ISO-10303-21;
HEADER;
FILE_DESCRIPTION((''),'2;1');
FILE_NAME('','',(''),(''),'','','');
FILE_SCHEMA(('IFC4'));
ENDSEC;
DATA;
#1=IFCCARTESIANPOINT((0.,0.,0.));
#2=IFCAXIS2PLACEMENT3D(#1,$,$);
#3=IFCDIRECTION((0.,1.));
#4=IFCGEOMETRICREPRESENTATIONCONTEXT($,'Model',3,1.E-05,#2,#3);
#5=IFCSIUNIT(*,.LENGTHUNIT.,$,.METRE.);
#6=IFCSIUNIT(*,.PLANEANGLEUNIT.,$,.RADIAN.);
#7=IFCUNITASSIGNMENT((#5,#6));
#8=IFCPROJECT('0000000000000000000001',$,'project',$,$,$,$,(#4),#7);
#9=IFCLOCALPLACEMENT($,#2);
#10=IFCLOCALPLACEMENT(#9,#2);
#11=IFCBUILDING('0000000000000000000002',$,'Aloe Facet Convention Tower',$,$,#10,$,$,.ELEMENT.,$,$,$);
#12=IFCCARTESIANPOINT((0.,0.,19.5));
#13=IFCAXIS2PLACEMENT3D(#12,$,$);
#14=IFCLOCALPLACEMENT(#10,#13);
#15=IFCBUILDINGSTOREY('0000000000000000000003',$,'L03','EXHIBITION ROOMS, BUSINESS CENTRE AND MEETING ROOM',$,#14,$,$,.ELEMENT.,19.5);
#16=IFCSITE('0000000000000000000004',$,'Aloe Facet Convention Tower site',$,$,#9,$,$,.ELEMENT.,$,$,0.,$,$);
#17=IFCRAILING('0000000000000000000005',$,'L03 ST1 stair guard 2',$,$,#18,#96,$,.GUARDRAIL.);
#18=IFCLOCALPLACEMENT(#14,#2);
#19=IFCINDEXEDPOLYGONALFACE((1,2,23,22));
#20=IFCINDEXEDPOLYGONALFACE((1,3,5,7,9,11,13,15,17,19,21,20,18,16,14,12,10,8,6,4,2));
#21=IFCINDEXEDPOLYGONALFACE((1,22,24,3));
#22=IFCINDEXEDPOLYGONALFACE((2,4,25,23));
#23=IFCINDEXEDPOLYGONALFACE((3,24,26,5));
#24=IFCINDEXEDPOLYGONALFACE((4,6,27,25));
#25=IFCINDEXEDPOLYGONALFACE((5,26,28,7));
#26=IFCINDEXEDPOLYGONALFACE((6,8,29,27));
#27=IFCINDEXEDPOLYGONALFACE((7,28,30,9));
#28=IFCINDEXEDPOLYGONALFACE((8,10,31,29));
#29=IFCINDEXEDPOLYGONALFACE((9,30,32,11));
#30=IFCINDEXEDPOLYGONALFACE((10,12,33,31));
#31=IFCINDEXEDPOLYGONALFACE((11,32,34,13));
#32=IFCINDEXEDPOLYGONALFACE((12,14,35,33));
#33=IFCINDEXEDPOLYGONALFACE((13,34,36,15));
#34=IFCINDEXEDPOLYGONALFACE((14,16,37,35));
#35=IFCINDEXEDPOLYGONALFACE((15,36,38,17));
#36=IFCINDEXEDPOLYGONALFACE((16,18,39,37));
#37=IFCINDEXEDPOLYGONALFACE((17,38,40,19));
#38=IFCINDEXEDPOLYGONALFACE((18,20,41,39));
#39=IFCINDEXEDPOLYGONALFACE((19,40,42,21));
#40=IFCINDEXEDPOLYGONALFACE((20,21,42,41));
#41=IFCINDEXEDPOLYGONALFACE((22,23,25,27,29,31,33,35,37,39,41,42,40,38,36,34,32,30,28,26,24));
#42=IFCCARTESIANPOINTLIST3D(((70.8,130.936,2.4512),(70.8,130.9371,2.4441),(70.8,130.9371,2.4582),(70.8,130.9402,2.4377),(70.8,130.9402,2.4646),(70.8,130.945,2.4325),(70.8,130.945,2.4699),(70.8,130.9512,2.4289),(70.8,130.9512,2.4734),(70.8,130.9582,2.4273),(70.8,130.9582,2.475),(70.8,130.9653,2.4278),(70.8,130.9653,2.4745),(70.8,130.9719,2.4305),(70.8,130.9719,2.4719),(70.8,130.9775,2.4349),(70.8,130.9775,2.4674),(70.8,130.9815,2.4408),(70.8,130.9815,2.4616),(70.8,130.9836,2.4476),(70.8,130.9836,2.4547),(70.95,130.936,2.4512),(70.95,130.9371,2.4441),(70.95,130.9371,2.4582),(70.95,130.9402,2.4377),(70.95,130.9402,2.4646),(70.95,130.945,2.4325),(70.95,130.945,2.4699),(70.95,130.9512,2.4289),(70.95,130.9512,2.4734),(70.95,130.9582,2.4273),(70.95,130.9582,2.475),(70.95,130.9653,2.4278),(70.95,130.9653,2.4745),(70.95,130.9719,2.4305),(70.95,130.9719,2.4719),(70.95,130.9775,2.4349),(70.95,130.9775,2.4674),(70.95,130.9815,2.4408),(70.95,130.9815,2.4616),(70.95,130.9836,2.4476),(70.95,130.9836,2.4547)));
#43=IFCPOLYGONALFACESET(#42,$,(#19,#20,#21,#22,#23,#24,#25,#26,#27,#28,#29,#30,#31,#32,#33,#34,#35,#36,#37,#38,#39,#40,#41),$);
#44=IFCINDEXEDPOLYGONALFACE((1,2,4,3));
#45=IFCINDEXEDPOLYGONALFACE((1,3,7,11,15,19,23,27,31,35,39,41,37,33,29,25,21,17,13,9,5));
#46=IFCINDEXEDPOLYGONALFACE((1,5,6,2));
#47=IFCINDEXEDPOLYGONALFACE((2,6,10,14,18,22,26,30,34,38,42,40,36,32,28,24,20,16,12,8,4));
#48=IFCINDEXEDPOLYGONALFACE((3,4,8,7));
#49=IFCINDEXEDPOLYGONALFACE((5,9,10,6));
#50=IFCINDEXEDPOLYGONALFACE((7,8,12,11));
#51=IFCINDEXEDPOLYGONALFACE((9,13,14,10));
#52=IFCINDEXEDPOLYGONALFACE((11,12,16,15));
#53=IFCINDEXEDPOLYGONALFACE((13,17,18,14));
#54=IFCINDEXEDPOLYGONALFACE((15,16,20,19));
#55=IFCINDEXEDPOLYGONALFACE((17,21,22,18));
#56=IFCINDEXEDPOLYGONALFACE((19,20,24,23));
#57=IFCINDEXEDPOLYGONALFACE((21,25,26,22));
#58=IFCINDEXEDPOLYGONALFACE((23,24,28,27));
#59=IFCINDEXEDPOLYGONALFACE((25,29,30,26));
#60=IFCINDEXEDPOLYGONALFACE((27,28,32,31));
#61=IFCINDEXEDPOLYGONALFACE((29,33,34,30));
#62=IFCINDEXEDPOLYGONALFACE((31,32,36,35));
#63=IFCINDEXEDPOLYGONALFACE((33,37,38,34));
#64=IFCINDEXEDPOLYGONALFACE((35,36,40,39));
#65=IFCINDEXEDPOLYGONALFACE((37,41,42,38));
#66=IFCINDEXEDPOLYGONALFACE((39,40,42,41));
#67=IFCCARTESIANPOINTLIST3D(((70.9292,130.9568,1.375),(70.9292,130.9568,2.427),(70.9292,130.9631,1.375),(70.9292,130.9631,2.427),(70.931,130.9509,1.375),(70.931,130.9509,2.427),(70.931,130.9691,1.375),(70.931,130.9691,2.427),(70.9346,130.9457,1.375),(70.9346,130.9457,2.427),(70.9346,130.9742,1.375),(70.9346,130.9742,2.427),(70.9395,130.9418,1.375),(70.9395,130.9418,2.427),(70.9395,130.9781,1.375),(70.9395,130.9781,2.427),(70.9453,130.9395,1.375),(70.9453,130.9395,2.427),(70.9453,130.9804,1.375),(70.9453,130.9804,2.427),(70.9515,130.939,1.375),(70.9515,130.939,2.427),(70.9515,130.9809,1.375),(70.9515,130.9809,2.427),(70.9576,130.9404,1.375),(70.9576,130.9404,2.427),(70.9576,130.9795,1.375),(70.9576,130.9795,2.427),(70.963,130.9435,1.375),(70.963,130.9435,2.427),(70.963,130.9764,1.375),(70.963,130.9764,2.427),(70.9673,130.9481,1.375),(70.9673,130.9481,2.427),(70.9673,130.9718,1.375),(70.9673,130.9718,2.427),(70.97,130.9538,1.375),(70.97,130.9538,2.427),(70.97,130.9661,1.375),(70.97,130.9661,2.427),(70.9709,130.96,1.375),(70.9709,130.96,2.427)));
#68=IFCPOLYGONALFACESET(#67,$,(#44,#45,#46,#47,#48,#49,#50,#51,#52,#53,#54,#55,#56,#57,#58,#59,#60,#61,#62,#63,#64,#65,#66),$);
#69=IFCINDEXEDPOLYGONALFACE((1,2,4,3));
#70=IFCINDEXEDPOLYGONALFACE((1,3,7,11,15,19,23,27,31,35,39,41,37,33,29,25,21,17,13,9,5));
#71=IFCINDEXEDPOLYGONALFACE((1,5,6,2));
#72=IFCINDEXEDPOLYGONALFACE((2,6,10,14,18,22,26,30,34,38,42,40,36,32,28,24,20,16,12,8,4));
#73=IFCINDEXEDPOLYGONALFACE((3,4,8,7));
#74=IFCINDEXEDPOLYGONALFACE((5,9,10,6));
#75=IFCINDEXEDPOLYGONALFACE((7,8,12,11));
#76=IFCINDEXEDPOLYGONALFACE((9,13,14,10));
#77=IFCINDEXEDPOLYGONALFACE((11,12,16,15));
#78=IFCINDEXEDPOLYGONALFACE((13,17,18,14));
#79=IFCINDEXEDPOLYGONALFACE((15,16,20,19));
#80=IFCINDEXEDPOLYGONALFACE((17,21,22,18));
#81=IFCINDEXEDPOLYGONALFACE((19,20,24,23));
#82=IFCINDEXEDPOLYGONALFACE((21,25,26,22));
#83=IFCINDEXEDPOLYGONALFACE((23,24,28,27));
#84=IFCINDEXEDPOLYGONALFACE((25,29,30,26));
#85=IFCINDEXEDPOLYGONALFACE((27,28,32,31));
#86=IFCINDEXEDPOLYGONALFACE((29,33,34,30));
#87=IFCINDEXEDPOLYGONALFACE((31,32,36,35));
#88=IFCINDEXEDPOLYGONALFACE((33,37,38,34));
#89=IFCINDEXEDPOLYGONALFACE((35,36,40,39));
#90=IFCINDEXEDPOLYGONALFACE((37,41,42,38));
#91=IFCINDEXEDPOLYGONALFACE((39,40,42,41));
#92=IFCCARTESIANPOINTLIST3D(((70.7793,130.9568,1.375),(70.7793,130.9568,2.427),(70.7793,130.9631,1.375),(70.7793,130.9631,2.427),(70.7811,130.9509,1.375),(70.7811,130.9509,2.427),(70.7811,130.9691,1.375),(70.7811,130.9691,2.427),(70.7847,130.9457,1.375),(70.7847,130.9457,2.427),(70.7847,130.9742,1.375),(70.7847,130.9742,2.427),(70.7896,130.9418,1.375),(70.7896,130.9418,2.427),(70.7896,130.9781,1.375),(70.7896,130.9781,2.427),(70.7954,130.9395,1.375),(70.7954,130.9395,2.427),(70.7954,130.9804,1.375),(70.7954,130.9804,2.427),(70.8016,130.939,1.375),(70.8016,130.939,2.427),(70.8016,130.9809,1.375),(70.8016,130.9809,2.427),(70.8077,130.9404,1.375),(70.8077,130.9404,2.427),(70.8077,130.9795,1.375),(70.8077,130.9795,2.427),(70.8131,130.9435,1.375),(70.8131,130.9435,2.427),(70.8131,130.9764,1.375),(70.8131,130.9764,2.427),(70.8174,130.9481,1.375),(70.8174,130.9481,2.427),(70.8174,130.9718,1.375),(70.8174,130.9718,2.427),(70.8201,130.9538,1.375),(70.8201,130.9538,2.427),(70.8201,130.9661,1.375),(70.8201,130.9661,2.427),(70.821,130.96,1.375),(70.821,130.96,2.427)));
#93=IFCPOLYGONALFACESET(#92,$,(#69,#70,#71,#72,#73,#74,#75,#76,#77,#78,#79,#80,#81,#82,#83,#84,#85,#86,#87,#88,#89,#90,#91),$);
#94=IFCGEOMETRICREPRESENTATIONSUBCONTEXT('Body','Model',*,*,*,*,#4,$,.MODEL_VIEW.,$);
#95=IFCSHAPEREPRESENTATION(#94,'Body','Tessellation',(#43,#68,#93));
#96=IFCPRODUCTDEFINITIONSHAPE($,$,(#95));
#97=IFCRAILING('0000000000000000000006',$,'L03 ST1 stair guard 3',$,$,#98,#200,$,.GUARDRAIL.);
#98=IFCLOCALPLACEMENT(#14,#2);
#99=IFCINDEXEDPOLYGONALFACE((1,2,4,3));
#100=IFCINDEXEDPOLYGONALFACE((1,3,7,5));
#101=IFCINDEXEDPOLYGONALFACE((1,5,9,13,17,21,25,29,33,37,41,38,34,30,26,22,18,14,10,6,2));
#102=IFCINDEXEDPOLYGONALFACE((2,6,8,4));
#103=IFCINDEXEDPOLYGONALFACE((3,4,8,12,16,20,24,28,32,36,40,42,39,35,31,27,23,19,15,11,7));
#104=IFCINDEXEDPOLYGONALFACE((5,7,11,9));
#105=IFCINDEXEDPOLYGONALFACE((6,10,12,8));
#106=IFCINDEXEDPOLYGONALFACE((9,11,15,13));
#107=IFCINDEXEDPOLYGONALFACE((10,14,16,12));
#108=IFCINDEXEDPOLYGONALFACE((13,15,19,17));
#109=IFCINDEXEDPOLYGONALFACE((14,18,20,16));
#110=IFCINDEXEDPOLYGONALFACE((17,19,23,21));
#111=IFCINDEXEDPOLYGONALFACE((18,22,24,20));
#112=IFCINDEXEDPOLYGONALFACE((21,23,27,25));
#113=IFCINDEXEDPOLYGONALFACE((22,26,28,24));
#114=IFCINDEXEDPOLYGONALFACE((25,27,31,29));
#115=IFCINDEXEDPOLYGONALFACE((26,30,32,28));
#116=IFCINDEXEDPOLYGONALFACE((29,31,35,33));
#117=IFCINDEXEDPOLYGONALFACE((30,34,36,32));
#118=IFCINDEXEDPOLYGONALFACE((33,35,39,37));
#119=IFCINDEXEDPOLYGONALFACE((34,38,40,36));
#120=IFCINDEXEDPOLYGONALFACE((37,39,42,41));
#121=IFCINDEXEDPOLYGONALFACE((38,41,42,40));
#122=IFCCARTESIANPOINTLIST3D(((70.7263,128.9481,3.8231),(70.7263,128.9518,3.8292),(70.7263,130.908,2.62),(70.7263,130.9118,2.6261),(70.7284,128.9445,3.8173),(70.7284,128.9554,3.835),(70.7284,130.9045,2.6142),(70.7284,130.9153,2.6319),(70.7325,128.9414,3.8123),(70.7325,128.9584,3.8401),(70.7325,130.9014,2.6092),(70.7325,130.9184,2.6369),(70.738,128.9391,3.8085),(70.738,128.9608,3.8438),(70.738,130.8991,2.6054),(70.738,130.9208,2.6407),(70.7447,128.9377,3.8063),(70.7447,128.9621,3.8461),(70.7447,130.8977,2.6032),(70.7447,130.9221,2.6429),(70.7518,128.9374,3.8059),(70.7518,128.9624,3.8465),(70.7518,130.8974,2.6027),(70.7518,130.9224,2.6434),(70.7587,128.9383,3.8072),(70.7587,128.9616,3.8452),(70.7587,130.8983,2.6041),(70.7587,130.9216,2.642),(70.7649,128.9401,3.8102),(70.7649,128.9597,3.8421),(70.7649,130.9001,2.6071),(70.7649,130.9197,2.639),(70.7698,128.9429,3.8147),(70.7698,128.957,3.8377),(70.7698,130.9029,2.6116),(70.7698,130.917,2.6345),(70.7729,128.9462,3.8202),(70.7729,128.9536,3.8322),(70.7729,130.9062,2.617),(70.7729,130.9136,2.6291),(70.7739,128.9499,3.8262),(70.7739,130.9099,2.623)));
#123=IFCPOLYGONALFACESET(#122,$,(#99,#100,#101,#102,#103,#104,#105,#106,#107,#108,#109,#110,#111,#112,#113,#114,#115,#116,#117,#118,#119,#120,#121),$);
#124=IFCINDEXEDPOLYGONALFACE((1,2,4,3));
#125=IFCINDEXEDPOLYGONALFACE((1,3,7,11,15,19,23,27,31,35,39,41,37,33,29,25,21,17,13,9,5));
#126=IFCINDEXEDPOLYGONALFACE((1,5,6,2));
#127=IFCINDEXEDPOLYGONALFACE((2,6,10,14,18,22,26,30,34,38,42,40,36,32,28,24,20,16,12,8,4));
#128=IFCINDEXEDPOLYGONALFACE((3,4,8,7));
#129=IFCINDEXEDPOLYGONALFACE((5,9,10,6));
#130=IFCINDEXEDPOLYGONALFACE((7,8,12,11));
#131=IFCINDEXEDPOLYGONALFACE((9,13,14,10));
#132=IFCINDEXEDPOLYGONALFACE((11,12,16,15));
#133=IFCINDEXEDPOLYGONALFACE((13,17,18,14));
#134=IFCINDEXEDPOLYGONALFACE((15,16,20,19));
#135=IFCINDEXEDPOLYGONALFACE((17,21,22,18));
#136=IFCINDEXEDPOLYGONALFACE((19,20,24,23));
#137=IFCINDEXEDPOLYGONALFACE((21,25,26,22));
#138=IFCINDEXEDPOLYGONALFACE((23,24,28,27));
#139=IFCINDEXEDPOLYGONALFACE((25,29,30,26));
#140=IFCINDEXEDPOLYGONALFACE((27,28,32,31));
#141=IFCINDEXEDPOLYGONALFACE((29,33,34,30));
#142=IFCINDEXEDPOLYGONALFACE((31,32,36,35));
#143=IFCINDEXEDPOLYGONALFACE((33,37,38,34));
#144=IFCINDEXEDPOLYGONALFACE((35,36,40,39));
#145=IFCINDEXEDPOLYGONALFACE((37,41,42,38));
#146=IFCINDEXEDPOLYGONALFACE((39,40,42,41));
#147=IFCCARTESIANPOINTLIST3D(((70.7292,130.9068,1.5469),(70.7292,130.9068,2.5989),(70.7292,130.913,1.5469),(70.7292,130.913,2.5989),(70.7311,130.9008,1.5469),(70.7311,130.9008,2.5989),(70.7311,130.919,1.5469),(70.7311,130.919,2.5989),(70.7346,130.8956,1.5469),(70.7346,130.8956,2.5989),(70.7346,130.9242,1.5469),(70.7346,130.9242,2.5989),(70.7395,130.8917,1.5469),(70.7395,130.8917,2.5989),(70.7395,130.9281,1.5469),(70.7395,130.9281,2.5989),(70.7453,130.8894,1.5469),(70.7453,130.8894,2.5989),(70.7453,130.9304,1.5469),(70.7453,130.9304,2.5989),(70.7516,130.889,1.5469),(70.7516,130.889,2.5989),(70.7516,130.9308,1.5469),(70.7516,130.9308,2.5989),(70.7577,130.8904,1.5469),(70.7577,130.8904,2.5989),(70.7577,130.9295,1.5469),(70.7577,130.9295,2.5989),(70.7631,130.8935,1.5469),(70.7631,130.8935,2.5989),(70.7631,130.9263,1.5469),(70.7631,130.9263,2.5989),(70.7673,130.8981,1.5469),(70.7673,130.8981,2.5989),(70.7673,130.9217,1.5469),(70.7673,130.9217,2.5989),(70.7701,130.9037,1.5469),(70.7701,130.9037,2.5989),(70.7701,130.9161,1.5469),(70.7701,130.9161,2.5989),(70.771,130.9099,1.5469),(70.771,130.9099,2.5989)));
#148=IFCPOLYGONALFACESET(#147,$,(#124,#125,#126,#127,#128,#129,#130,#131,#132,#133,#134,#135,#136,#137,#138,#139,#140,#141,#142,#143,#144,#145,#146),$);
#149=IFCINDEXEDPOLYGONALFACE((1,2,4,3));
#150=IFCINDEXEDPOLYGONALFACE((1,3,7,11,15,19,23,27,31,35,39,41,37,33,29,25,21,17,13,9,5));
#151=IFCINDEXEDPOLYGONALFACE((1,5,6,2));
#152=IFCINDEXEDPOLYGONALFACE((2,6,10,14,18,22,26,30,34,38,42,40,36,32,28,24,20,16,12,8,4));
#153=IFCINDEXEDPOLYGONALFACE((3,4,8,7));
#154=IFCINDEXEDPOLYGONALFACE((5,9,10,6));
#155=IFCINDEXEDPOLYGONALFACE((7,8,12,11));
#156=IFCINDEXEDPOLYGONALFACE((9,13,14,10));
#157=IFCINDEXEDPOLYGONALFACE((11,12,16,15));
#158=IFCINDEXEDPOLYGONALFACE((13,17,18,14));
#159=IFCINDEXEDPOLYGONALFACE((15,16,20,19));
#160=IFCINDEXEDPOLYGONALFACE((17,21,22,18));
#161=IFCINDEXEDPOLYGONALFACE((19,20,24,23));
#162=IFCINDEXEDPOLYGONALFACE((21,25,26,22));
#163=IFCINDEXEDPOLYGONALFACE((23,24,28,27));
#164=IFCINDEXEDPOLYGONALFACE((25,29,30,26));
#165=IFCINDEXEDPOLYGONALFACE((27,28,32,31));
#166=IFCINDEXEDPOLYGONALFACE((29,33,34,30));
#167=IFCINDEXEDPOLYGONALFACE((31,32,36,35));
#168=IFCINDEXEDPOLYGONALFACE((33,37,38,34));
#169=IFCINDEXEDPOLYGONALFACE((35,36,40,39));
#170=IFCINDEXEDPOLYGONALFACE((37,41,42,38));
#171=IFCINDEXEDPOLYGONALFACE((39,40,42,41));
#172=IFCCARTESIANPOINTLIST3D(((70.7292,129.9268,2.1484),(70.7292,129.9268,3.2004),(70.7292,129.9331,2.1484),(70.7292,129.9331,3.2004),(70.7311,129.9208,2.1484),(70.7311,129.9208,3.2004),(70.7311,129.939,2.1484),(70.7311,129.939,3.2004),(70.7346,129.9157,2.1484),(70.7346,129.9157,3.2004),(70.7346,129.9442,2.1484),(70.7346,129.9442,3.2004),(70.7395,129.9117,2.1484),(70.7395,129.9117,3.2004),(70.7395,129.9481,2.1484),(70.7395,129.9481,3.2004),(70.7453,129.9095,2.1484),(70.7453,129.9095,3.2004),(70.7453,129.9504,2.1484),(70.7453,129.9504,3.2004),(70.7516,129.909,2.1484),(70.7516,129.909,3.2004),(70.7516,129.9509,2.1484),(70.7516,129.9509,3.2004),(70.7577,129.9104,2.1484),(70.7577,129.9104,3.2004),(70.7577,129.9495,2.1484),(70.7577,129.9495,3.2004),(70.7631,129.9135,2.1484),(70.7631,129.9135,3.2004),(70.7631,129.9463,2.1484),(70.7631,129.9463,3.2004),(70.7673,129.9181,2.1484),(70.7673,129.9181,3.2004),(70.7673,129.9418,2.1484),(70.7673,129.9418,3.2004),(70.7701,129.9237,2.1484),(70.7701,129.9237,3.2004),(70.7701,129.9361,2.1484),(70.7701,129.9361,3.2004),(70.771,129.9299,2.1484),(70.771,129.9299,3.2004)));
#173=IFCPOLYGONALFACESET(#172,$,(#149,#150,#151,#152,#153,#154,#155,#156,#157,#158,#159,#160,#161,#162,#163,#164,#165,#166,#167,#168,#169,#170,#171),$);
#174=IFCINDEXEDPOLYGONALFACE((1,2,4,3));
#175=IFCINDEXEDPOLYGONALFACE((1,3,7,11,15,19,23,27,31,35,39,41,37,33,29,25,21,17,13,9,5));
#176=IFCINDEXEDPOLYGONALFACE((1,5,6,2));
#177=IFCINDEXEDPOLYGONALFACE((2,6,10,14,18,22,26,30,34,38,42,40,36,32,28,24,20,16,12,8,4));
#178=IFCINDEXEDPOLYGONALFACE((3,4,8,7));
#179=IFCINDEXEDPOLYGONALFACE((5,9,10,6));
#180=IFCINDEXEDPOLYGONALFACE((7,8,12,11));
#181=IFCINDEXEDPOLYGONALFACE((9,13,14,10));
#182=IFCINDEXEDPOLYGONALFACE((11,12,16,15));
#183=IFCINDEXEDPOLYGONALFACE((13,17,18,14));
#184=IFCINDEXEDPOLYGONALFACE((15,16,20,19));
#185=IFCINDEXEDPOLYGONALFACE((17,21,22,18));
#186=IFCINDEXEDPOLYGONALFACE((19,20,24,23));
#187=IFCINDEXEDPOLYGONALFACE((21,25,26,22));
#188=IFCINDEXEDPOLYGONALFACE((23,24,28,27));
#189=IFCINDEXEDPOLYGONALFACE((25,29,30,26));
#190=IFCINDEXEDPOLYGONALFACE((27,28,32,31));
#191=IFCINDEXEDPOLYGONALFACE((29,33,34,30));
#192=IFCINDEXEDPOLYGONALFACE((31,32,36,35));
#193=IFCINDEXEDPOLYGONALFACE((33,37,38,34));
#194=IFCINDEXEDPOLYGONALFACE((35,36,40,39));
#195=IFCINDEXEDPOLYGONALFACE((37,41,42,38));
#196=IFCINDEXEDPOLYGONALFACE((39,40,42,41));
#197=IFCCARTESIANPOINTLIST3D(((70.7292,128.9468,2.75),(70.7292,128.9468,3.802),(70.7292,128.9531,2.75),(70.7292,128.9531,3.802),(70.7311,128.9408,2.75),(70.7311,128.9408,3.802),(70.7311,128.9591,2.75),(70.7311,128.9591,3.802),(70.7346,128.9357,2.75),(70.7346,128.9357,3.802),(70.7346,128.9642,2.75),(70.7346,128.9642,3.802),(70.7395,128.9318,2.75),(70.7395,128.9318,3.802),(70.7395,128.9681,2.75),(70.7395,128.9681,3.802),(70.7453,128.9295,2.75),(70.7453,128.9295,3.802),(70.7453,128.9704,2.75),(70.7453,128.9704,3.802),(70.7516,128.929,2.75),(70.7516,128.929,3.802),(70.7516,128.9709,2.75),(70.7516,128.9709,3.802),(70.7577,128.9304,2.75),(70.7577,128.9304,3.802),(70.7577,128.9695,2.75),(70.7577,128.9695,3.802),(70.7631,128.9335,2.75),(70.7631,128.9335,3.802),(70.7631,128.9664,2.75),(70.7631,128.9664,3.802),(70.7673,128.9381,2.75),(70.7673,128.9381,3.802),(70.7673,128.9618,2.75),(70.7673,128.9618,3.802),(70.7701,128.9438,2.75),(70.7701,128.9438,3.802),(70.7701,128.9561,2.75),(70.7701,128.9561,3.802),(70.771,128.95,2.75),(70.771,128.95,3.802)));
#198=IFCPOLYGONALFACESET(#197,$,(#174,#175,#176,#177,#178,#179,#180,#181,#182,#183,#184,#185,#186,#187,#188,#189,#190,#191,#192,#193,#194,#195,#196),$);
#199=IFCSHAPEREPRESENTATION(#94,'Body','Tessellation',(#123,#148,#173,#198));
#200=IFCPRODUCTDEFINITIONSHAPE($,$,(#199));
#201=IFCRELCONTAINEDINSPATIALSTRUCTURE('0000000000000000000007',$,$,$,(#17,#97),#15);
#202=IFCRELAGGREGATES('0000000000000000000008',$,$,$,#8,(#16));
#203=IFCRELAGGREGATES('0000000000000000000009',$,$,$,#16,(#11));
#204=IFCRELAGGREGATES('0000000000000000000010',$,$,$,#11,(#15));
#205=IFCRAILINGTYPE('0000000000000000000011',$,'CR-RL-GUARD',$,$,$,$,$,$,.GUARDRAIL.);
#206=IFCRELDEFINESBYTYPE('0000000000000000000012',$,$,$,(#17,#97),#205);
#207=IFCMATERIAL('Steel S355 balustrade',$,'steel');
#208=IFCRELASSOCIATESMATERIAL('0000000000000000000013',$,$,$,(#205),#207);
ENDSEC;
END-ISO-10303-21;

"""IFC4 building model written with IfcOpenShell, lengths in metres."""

from ifc_helpers import new_model, si_unit, direction, frame, origin, origin_2d, place, context, subcontext, project, spatial, circle, extrude, material, type_object, element, save


model = new_model("IFC4")

# Units and contexts
model_context = context("Model", 3, precision=1e-05, world=origin(), true_north=direction((0.0, 1.0)))
body_context = subcontext(model_context, "Body", "Model", "MODEL_VIEW")
ifc_project = project(units=[si_unit("LENGTHUNIT", "METRE"), si_unit("PLANEANGLEUNIT", "RADIAN")], contexts=[model_context])

# Site, building, storey
site_placement = place(None, origin())
site = spatial("IfcSite", under=ifc_project, at=site_placement, Name="Aloe Facet Convention Tower site", CompositionType="ELEMENT", RefElevation=0.0)
building_placement = place(site_placement, origin())
building = spatial("IfcBuilding", under=site, at=building_placement, Name="Aloe Facet Convention Tower", CompositionType="ELEMENT")
storey_placement = place(building_placement, frame((0.0, 0.0, 19.5)))
storey = spatial("IfcBuildingStorey", under=building, at=storey_placement, Name="L03", Description="EXHIBITION ROOMS, BUSINESS CENTRE AND MEETING ROOM", CompositionType="ELEMENT", Elevation=19.5)

# Railings
ifc_material_1 = material(Name="Steel S355 balustrade", Category="steel")
railing_type_1 = type_object("IfcRailingType", Name="CR-RL-GUARD", PredefinedType="GUARDRAIL", material=ifc_material_1)
railing_1_placement = place(storey_placement, frame((70.95, 130.96, 1.375)))
element("IfcRailing", 1, at=railing_1_placement, inside=storey, type_object=railing_type_1, Name="L03 ST1 stair guard 2", PredefinedType="GUARDRAIL", context=body_context, shape_type="SweptSolid", body=[
    extrude(circle(Radius=0.0239, at=origin_2d()), frame((0.0, 0.0, 1.0762), z_axis=(-1.0, 0.0, 0.0), x_axis=(0.0, -1.0, 0.0)), (0.0, 0.0, 1.0), 0.1499),
    extrude(circle(Radius=0.021, at=origin_2d()), origin(), (0.0, 0.0, 1.0), 1.052),
    extrude(circle(Radius=0.021, at=origin_2d()), frame((-0.1499, 0.0, 0.0)), (0.0, 0.0, 1.0), 1.052),
])
railing_2_placement = place(storey_placement, frame((70.75, 130.9099, 1.5469)))
element("IfcRailing", 2, at=railing_2_placement, inside=storey, type_object=railing_type_1, Name="L03 ST1 stair guard 3", PredefinedType="GUARDRAIL", context=body_context, shape_type="SweptSolid", body=[
    extrude(circle(Radius=0.0239, at=origin_2d()), frame((0.0, 0.0, 1.0762), z_axis=(0.0, -0.852241, 0.523149), x_axis=(1.0, 0.0, 0.0)), (0.0, 0.0, 1.0), 2.2998),
    extrude(circle(Radius=0.021, at=origin_2d()), origin(), (0.0, 0.0, 1.0), 1.052),
    extrude(circle(Radius=0.021, at=origin_2d()), frame((0.0, -0.98, 0.6016)), (0.0, 0.0, 1.0), 1.052),
    extrude(circle(Radius=0.021, at=origin_2d()), frame((0.0, -1.96, 1.2031)), (0.0, 0.0, 1.0), 1.052),
])

save(model, "model.ifc")
